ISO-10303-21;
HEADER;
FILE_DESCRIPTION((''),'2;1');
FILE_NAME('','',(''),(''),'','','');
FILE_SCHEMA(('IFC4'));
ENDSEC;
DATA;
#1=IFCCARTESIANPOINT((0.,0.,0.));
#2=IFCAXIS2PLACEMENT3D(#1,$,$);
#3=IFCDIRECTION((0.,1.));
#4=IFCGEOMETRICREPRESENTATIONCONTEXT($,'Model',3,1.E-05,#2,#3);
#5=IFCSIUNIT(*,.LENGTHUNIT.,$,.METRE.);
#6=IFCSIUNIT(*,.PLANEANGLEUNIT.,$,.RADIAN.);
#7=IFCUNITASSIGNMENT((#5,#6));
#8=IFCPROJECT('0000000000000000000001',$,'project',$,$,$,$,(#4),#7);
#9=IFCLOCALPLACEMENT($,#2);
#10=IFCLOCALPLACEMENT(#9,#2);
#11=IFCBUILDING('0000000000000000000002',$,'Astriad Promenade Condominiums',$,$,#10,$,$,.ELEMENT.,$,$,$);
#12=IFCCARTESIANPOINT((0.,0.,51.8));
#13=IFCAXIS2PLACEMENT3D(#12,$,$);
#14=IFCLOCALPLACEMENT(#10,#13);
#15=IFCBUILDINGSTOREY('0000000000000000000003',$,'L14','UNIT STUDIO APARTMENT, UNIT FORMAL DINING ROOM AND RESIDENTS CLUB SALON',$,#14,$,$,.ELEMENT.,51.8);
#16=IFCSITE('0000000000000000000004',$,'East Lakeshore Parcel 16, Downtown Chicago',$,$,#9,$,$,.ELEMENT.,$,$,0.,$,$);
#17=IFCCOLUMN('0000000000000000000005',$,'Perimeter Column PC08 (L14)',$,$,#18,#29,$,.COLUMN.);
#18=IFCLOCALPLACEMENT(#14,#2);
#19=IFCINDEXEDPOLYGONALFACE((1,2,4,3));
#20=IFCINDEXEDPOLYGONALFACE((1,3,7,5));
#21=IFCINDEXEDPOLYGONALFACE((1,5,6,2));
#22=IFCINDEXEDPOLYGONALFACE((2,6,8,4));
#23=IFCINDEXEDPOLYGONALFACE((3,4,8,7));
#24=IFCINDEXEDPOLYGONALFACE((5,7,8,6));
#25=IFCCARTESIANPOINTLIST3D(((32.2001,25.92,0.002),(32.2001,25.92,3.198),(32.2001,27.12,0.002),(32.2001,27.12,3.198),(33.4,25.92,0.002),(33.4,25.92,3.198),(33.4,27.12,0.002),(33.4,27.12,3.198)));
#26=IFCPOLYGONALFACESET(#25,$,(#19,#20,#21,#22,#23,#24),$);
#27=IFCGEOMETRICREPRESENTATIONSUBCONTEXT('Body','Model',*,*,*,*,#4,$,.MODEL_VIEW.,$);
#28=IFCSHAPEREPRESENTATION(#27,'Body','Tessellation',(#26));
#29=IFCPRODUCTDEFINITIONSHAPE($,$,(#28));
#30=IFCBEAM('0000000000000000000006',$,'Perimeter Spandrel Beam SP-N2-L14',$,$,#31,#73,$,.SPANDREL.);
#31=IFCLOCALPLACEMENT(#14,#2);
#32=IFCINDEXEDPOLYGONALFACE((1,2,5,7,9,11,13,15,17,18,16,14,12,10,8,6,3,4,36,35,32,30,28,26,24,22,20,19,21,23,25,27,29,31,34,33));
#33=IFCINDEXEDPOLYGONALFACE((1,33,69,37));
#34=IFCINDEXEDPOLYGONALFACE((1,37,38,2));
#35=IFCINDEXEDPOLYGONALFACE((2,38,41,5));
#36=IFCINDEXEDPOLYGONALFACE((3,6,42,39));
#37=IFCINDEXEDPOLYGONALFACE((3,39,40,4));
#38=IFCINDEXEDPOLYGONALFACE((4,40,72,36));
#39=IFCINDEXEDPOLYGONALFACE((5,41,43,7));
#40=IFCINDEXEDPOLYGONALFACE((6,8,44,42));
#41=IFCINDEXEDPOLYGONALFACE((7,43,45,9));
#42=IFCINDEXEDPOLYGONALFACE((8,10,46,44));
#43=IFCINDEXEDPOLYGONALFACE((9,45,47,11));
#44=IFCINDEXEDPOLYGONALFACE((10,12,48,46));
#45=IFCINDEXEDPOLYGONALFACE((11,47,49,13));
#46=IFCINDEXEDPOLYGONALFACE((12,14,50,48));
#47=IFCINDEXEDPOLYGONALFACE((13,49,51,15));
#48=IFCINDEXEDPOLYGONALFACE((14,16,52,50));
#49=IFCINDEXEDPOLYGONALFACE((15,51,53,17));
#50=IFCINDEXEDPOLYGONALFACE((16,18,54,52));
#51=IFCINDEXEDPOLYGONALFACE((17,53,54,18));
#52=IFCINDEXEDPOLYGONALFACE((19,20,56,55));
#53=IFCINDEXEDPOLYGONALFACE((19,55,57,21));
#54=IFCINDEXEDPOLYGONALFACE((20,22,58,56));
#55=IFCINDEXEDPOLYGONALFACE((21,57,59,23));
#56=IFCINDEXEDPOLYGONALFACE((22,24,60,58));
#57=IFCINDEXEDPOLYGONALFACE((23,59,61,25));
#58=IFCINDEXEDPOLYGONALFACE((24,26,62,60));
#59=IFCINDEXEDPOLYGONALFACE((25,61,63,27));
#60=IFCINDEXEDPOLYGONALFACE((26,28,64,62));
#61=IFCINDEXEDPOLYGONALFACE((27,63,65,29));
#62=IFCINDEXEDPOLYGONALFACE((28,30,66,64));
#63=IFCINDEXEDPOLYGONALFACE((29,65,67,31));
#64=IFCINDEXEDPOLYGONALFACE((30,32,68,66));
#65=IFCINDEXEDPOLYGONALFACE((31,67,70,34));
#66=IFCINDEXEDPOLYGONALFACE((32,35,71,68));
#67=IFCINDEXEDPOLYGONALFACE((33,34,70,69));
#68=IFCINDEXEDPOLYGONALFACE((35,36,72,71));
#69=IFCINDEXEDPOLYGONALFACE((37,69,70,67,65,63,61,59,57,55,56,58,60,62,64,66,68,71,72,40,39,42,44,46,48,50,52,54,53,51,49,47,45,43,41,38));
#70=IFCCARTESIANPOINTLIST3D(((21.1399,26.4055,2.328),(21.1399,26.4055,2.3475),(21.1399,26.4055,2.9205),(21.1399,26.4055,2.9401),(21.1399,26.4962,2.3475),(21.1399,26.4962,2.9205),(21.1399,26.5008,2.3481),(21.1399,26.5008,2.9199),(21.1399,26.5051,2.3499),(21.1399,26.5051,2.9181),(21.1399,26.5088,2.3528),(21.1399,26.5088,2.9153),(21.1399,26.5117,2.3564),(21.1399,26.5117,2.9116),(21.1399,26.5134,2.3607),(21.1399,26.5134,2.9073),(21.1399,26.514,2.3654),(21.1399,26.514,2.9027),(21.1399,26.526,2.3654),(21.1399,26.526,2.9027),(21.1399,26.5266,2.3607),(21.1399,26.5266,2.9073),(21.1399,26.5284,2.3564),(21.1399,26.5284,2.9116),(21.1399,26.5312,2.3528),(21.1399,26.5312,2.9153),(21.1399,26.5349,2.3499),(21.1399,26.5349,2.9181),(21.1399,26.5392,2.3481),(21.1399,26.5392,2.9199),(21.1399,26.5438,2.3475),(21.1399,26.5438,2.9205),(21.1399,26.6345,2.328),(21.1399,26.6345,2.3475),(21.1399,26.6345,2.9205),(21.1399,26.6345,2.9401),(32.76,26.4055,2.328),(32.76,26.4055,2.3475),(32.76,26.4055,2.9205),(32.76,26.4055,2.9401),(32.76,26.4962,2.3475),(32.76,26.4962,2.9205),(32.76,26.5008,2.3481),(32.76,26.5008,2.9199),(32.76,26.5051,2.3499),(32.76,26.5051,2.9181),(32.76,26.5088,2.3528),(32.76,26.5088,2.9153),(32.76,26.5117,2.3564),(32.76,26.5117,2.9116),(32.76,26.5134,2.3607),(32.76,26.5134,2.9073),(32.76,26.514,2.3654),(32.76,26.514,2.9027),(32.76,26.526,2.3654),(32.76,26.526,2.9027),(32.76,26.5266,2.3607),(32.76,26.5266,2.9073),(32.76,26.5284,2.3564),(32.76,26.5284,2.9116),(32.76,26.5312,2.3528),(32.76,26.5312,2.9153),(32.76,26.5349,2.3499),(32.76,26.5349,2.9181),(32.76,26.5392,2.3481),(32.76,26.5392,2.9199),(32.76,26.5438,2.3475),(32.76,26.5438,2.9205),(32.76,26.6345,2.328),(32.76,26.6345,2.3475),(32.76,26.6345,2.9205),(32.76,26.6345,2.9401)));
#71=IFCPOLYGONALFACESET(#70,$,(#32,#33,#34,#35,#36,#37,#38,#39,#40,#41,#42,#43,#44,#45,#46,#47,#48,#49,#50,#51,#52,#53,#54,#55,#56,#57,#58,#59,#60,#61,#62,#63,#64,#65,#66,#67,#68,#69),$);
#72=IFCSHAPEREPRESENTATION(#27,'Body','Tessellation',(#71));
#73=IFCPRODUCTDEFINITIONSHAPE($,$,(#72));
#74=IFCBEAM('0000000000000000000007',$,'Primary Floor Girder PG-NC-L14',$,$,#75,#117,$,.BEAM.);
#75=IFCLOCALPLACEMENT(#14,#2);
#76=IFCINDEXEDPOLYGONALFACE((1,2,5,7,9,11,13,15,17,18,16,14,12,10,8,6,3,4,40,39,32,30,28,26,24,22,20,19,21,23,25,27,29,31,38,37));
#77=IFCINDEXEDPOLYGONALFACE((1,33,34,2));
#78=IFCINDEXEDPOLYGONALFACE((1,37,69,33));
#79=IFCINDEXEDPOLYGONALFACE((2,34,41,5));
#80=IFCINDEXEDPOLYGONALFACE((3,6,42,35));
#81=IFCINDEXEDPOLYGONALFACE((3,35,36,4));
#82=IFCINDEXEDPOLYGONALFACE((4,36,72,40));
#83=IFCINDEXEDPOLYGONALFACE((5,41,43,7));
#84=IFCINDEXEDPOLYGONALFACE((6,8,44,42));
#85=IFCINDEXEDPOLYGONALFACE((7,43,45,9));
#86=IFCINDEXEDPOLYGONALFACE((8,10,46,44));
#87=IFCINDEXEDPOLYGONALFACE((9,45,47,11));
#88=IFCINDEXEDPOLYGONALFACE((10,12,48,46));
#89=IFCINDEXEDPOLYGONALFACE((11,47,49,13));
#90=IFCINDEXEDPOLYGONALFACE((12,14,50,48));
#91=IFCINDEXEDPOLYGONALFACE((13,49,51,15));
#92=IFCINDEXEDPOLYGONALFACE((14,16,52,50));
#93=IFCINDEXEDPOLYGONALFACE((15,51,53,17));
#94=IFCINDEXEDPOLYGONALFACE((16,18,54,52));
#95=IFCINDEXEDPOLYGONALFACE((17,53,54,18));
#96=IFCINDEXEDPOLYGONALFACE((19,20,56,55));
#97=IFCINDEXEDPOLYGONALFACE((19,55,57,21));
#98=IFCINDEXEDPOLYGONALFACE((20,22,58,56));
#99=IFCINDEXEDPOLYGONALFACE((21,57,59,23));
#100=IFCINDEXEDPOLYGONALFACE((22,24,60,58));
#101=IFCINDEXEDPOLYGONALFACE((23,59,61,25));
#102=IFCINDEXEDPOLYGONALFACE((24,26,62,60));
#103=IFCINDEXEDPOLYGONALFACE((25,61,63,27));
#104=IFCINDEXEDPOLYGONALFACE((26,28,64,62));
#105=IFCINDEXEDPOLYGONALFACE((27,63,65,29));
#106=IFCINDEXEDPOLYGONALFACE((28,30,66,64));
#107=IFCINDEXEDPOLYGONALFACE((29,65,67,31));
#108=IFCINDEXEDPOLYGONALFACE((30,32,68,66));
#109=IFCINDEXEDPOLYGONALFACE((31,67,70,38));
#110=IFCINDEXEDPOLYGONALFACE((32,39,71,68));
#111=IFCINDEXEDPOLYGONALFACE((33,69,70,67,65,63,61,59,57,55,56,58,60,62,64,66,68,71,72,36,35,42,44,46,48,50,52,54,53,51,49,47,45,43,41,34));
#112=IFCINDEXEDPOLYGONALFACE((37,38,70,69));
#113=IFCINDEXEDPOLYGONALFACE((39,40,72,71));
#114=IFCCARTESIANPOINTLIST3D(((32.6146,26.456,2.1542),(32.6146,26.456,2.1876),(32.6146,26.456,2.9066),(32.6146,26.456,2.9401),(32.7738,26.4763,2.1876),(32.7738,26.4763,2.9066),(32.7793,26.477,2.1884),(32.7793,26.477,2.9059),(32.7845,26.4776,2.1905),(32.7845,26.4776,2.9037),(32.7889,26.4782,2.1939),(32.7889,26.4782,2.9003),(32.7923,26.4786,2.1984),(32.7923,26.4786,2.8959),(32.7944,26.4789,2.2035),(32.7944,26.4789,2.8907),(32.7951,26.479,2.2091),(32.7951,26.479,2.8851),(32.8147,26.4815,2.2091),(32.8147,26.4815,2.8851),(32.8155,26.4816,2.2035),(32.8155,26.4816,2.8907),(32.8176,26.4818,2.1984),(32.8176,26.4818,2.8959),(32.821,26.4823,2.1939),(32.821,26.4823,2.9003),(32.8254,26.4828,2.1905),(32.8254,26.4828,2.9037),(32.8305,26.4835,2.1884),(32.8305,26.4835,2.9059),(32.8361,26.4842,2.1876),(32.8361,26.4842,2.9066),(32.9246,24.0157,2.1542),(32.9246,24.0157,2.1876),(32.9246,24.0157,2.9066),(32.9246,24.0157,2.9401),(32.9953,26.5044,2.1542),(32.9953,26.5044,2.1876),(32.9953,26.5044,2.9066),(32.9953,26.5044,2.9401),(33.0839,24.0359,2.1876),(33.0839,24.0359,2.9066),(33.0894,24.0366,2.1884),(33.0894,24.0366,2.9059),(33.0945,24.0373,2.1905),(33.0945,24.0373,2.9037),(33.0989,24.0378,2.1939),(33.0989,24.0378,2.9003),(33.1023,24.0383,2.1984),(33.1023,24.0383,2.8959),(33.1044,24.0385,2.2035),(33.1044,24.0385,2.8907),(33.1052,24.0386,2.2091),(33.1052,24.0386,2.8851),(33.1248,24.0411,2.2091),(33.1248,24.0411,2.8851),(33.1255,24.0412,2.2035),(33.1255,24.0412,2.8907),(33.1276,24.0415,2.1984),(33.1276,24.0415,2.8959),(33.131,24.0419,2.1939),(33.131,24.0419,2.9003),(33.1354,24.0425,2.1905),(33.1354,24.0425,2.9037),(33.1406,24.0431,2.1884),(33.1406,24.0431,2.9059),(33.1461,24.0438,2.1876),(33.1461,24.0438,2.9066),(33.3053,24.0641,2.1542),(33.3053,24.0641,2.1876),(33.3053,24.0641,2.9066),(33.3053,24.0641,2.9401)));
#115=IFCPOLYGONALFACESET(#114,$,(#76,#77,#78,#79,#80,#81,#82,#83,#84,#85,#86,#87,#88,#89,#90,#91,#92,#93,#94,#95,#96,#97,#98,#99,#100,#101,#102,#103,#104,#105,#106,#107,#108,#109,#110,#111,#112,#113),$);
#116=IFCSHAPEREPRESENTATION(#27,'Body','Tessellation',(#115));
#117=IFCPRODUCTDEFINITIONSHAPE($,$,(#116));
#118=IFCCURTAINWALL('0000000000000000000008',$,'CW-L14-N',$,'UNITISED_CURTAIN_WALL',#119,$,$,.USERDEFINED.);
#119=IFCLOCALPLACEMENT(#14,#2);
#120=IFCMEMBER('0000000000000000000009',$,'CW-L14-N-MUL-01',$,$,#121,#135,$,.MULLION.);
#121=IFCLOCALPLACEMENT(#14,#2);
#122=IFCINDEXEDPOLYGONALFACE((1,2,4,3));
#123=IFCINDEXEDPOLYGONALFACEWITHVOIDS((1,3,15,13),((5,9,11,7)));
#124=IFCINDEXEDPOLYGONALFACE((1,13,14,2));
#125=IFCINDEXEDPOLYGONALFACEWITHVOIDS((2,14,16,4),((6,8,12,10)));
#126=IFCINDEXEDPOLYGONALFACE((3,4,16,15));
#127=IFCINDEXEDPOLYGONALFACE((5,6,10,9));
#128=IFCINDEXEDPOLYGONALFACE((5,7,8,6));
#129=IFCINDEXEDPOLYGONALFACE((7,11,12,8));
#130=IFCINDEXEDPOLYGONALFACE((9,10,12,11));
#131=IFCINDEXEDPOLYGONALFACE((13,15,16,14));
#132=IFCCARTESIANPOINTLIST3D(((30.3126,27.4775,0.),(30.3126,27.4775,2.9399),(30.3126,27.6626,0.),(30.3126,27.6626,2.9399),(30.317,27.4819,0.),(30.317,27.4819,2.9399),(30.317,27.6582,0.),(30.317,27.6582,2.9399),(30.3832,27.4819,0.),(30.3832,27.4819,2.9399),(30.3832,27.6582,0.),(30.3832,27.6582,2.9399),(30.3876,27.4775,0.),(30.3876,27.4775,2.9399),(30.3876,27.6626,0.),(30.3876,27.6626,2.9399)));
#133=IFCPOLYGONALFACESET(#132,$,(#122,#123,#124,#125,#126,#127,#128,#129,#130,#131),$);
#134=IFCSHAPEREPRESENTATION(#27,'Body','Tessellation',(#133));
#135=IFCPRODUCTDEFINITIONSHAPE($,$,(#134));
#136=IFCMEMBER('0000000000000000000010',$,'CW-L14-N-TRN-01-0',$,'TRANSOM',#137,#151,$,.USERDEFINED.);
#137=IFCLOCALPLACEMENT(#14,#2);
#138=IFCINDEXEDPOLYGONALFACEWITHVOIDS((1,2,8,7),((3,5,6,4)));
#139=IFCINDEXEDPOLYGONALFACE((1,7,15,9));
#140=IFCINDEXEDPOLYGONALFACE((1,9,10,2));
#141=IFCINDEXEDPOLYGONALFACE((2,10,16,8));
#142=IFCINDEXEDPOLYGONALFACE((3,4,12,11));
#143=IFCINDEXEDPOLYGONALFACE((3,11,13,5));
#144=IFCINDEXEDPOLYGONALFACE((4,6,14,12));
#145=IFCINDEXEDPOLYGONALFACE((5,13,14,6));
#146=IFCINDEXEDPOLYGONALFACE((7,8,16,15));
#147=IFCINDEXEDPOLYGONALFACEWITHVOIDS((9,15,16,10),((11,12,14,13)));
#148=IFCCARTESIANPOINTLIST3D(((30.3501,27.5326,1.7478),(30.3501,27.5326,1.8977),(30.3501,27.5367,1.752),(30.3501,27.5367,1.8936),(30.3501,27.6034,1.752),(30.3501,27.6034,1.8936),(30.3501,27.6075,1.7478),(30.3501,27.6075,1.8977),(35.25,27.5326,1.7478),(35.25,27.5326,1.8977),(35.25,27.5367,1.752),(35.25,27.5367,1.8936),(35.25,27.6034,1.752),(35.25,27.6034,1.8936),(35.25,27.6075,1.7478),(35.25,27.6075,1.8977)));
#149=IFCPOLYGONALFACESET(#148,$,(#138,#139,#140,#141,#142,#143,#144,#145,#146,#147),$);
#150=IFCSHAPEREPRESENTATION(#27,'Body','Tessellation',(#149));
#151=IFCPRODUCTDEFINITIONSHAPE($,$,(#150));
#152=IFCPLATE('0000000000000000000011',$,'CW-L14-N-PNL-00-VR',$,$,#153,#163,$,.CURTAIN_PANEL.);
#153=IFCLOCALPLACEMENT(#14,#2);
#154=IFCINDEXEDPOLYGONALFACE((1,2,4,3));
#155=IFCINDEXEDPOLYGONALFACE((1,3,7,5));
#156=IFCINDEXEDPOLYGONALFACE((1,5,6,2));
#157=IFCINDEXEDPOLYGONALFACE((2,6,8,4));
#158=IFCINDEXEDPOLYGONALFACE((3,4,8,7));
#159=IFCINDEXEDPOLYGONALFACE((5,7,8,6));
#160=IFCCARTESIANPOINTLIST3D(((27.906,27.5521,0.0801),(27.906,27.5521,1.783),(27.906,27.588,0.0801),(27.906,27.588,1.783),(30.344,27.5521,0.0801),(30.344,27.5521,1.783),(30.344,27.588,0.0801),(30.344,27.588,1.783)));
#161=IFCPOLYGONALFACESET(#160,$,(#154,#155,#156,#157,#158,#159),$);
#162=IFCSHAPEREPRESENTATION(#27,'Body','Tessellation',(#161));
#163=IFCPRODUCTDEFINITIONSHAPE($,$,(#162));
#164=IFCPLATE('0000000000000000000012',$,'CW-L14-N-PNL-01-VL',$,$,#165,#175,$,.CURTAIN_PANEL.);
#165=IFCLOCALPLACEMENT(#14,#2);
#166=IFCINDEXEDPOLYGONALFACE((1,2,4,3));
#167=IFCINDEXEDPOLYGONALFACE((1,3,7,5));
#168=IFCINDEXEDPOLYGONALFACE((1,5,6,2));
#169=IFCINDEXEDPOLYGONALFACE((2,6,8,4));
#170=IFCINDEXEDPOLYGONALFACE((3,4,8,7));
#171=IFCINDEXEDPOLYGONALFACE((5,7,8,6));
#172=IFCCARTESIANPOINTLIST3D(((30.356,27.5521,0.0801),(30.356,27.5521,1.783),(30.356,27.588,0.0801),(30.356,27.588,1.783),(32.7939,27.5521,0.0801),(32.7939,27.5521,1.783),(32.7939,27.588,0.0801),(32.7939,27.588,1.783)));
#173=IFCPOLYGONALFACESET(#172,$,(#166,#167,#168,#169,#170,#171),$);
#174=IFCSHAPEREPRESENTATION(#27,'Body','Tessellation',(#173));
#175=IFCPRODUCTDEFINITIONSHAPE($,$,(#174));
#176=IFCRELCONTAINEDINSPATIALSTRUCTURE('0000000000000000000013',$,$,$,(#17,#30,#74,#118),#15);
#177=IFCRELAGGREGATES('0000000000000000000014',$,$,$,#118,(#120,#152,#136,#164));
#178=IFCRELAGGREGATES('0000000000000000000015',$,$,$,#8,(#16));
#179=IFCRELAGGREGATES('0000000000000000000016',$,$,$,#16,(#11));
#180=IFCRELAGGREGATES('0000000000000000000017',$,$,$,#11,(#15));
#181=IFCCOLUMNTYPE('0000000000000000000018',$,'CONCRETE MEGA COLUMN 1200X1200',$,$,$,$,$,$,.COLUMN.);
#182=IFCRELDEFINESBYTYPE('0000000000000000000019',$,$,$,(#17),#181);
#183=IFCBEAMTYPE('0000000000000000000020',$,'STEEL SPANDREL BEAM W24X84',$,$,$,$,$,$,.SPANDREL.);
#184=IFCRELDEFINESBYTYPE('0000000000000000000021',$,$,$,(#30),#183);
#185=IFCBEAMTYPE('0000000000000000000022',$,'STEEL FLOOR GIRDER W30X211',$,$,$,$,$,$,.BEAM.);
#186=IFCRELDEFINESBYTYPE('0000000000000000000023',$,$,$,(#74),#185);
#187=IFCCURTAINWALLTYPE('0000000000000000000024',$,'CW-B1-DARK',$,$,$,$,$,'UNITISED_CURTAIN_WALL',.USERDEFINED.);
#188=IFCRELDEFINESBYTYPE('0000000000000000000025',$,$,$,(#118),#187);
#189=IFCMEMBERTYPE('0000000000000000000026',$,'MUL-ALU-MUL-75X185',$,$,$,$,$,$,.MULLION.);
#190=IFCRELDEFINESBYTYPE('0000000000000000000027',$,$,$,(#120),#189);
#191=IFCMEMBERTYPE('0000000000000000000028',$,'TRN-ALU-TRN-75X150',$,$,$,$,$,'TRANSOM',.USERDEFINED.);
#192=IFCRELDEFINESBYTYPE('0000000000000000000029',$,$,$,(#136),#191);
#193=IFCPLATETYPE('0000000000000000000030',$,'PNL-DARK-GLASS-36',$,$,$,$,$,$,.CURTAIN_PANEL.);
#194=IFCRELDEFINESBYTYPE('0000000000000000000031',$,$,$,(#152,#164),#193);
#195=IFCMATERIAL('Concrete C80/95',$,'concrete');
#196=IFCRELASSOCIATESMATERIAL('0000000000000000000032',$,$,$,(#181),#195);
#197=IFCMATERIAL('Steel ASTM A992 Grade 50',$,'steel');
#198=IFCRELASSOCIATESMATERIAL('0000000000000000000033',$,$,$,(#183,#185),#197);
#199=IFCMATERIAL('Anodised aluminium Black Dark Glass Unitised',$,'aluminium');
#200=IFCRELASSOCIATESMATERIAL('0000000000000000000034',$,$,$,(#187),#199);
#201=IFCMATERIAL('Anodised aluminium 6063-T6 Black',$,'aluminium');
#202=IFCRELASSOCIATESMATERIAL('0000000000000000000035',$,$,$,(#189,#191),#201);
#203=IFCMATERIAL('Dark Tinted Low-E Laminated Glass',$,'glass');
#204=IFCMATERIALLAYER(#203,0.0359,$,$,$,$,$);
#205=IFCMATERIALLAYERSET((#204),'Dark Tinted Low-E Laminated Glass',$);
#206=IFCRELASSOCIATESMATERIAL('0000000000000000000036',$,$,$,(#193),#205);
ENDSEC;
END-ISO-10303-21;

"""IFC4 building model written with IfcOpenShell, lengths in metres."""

from ifc_helpers import new_model, si_unit, direction, frame, origin, origin_2d, place, context, subcontext, project, spatial, rectangle, hollow_rectangle, i_section, extrude, source, transform, mapped, material, layer, layer_set, material_profile, profile_set, type_object, type_shapes, element, aggregate, save


model = new_model("IFC4")

# Units and contexts
model_context = context("Model", 3, precision=1e-05, world=origin(), true_north=direction((0.0, 1.0)))
body_context = subcontext(model_context, "Body", "Model", "MODEL_VIEW")
ifc_project = project(units=[si_unit("LENGTHUNIT", "METRE"), si_unit("PLANEANGLEUNIT", "RADIAN")], contexts=[model_context])

# Site, building, storey
site_placement = place(None, origin())
site = spatial("IfcSite", under=ifc_project, at=site_placement, Name="East Lakeshore Parcel 16, Downtown Chicago", CompositionType="ELEMENT", RefElevation=0.0)
building_placement = place(site_placement, origin())
building = spatial("IfcBuilding", under=site, at=building_placement, Name="Astriad Promenade Condominiums", CompositionType="ELEMENT")
storey_placement = place(building_placement, frame((0.0, 0.0, 51.8)))
storey = spatial("IfcBuildingStorey", under=building, at=storey_placement, Name="L14", Description="UNIT STUDIO APARTMENT, UNIT FORMAL DINING ROOM AND RESIDENTS CLUB SALON", CompositionType="ELEMENT", Elevation=51.8)

# Column
ifc_material_1 = material(Name="Concrete C80/95", Category="concrete")
ifc_material_profile_1 = material_profile(ifc_material_1, rectangle(XDim=1.2, YDim=1.2, at=origin_2d()), Name="RC-COL-1200X1200")
ifc_profile_set_1 = profile_set([ifc_material_profile_1], Name="Concrete C80/95")
column_type = type_object("IfcColumnType", Name="CONCRETE MEGA COLUMN 1200X1200", PredefinedType="COLUMN", material=ifc_profile_set_1)
shared_shape_1 = source(origin(), body_context, "Body", "SweptSolid", [
    extrude(rectangle(XDim=1.2, YDim=1.2, at=origin_2d()), origin(), (0.0, 0.0, 1.0), 3.196),
])
type_shapes(column_type, [shared_shape_1])
column_placement = place(storey_placement, frame((32.8, 26.52, 0.002), z_axis=(0.0, 0.0, 1.0), x_axis=(1.0, 0.0, 0.0)))
element("IfcColumn", 1, at=column_placement, inside=storey, type_object=column_type, Name="Perimeter Column PC08 (L14)", PredefinedType="COLUMN", context=body_context, shape_type="MappedRepresentation", body=[
    mapped(shared_shape_1, transform((0.0, 0.0, 0.0), scale=1.0)),
])

# Beams
ifc_material_2 = material(Name="Steel ASTM A992 Grade 50", Category="steel")
ifc_material_profile_2 = material_profile(ifc_material_2, i_section(OverallWidth=0.229, OverallDepth=0.6121, WebThickness=0.012, FlangeThickness=0.0195, FilletRadius=0.0178, at=origin_2d()), Name="W24X84")
ifc_profile_set_2 = profile_set([ifc_material_profile_2], Name="Steel ASTM A992 Grade 50")
beam_type_1 = type_object("IfcBeamType", Name="STEEL SPANDREL BEAM W24X84", PredefinedType="SPANDREL", material=ifc_profile_set_2)
shared_shape_2 = source(origin(), body_context, "Body", "SweptSolid", [
    extrude(i_section(OverallWidth=0.229, OverallDepth=0.6121, WebThickness=0.012, FlangeThickness=0.0195, FilletRadius=0.0178, at=origin_2d()), origin(), (0.0, 0.0, 1.0), 11.6201),
])
type_shapes(beam_type_1, [shared_shape_2])
beam_1_placement = place(storey_placement, frame((32.76, 26.52, 2.634), z_axis=(-1.0, 0.0, 0.0), x_axis=(0.0, -1.0, 0.0)))
element("IfcBeam", 2, at=beam_1_placement, inside=storey, type_object=beam_type_1, Name="Perimeter Spandrel Beam SP-N2-L14", PredefinedType="SPANDREL", context=body_context, shape_type="MappedRepresentation", body=[
    mapped(shared_shape_2, transform((0.0, 0.0, 0.0), scale=1.0)),
])
ifc_material_profile_3 = material_profile(ifc_material_2, i_section(OverallWidth=0.3838, OverallDepth=0.7859, WebThickness=0.0198, FlangeThickness=0.0334, FilletRadius=0.0215, at=origin_2d()), Name="W30X211")
ifc_profile_set_3 = profile_set([ifc_material_profile_3], Name="Steel ASTM A992 Grade 50")
beam_type_2 = type_object("IfcBeamType", Name="STEEL FLOOR GIRDER W30X211", PredefinedType="BEAM", material=ifc_profile_set_3)
shared_shape_3 = source(origin(), body_context, "Body", "SweptSolid", [
    extrude(i_section(OverallWidth=0.3838, OverallDepth=0.7859, WebThickness=0.0198, FlangeThickness=0.0334, FilletRadius=0.0215, at=origin_2d()), origin(), (0.0, 0.0, 1.0), 2.46),
])
type_shapes(beam_type_2, [shared_shape_3])
beam_2_placement = place(storey_placement, frame((32.8049, 26.4802, 2.5471), z_axis=(0.126038, -0.992025, 0.0), x_axis=(0.992025, 0.126038, 0.0)))
element("IfcBeam", 3, at=beam_2_placement, inside=storey, type_object=beam_type_2, Name="Primary Floor Girder PG-NC-L14", PredefinedType="BEAM", context=body_context, shape_type="MappedRepresentation", body=[
    mapped(shared_shape_3, transform((0.0, 0.0, 0.0), scale=1.0)),
])

# Curtain wall, members, plates
ifc_material_3 = material(Name="Anodised aluminium Black Dark Glass Unitised", Category="aluminium")
curtain_wall_type = type_object("IfcCurtainWallType", Name="CW-B1-DARK", ElementType="UNITISED_CURTAIN_WALL", PredefinedType="USERDEFINED", material=ifc_material_3)
curtain_wall_placement = place(storey_placement, origin())
curtain_wall = element("IfcCurtainWall", 4, at=curtain_wall_placement, inside=storey, type_object=curtain_wall_type, Name="CW-L14-N", ObjectType="UNITISED_CURTAIN_WALL", PredefinedType="USERDEFINED")
ifc_material_4 = material(Name="Anodised aluminium 6063-T6 Black", Category="aluminium")
ifc_material_profile_4 = material_profile(ifc_material_4, hollow_rectangle(XDim=0.075, YDim=0.1851, WallThickness=0.0044, at=origin_2d()), Name="ALU-MUL-75X185")
ifc_profile_set_4 = profile_set([ifc_material_profile_4], Name="Anodised aluminium 6063-T6 Black")
member_type_1 = type_object("IfcMemberType", Name="MUL-ALU-MUL-75X185", PredefinedType="MULLION", material=ifc_profile_set_4)
shared_shape_4 = source(origin(), body_context, "Body", "SweptSolid", [
    extrude(hollow_rectangle(XDim=0.075, YDim=0.1851, WallThickness=0.0044, at=origin_2d()), origin(), (0.0, 0.0, 1.0), 2.9399),
])
type_shapes(member_type_1, [shared_shape_4])
member_1_placement = place(storey_placement, frame((30.3501, 27.5701, 0.0), z_axis=(0.0, 0.0, 1.0), x_axis=(1.0, 0.0, 0.0)))
member_1 = element("IfcMember", 5, at=member_1_placement, type_object=member_type_1, Name="CW-L14-N-MUL-01", PredefinedType="MULLION", context=body_context, shape_type="MappedRepresentation", body=[
    mapped(shared_shape_4, transform((0.0, 0.0, 0.0), scale=1.0)),
])
ifc_material_profile_5 = material_profile(ifc_material_4, hollow_rectangle(XDim=0.075, YDim=0.1499, WallThickness=0.0042, at=origin_2d()), Name="ALU-TRN-75X150")
ifc_profile_set_5 = profile_set([ifc_material_profile_5], Name="Anodised aluminium 6063-T6 Black")
member_type_2 = type_object("IfcMemberType", Name="TRN-ALU-TRN-75X150", ElementType="TRANSOM", PredefinedType="USERDEFINED", material=ifc_profile_set_5)
shared_shape_5 = source(origin(), body_context, "Body", "SweptSolid", [
    extrude(hollow_rectangle(XDim=0.075, YDim=0.1499, WallThickness=0.0042, at=origin_2d()), origin(), (0.0, 0.0, 1.0), 4.8999),
])
type_shapes(member_type_2, [shared_shape_5])
member_2_placement = place(storey_placement, frame((30.3501, 27.5701, 1.8228), z_axis=(1.0, 0.0, 0.0), x_axis=(0.0, 1.0, 0.0)))
member_2 = element("IfcMember", 6, at=member_2_placement, type_object=member_type_2, Name="CW-L14-N-TRN-01-0", ObjectType="TRANSOM", PredefinedType="USERDEFINED", context=body_context, shape_type="MappedRepresentation", body=[
    mapped(shared_shape_5, transform((0.0, 0.0, 0.0), scale=1.0)),
])
ifc_material_5 = material(Name="Dark Tinted Low-E Laminated Glass", Category="glass")
ifc_layer_1 = layer(ifc_material_5, 0.0359)
ifc_layer_set_1 = layer_set([ifc_layer_1], Name="Dark Tinted Low-E Laminated Glass")
plate_type = type_object("IfcPlateType", Name="PNL-DARK-GLASS-36", PredefinedType="CURTAIN_PANEL", material=ifc_layer_set_1)
shared_shape_6 = source(origin(), body_context, "Body", "SweptSolid", [
    extrude(rectangle(XDim=2.438, YDim=0.0359, at=origin_2d()), origin(), (0.0, 0.0, 1.0), 1.7029),
])
plate_1_placement = place(storey_placement, frame((29.125, 27.5701, 0.0801), z_axis=(0.0, 0.0, 1.0), x_axis=(1.0, 0.0, 0.0)))
plate_1 = element("IfcPlate", 7, at=plate_1_placement, type_object=plate_type, Name="CW-L14-N-PNL-00-VR", PredefinedType="CURTAIN_PANEL", context=body_context, shape_type="MappedRepresentation", body=[
    mapped(shared_shape_6, transform((0.0, 0.0, 0.0), scale=1.0)),
])
plate_2_placement = place(storey_placement, frame((31.575, 27.5701, 0.0801), z_axis=(0.0, 0.0, 1.0), x_axis=(1.0, 0.0, 0.0)))
plate_2 = element("IfcPlate", 8, at=plate_2_placement, type_object=plate_type, Name="CW-L14-N-PNL-01-VL", PredefinedType="CURTAIN_PANEL", context=body_context, shape_type="MappedRepresentation", body=[
    mapped(shared_shape_6, transform((0.0, 0.0, 0.0), scale=1.0)),
])
aggregate(curtain_wall, [member_1, plate_1, member_2, plate_2])

save(model, "model.ifc")
